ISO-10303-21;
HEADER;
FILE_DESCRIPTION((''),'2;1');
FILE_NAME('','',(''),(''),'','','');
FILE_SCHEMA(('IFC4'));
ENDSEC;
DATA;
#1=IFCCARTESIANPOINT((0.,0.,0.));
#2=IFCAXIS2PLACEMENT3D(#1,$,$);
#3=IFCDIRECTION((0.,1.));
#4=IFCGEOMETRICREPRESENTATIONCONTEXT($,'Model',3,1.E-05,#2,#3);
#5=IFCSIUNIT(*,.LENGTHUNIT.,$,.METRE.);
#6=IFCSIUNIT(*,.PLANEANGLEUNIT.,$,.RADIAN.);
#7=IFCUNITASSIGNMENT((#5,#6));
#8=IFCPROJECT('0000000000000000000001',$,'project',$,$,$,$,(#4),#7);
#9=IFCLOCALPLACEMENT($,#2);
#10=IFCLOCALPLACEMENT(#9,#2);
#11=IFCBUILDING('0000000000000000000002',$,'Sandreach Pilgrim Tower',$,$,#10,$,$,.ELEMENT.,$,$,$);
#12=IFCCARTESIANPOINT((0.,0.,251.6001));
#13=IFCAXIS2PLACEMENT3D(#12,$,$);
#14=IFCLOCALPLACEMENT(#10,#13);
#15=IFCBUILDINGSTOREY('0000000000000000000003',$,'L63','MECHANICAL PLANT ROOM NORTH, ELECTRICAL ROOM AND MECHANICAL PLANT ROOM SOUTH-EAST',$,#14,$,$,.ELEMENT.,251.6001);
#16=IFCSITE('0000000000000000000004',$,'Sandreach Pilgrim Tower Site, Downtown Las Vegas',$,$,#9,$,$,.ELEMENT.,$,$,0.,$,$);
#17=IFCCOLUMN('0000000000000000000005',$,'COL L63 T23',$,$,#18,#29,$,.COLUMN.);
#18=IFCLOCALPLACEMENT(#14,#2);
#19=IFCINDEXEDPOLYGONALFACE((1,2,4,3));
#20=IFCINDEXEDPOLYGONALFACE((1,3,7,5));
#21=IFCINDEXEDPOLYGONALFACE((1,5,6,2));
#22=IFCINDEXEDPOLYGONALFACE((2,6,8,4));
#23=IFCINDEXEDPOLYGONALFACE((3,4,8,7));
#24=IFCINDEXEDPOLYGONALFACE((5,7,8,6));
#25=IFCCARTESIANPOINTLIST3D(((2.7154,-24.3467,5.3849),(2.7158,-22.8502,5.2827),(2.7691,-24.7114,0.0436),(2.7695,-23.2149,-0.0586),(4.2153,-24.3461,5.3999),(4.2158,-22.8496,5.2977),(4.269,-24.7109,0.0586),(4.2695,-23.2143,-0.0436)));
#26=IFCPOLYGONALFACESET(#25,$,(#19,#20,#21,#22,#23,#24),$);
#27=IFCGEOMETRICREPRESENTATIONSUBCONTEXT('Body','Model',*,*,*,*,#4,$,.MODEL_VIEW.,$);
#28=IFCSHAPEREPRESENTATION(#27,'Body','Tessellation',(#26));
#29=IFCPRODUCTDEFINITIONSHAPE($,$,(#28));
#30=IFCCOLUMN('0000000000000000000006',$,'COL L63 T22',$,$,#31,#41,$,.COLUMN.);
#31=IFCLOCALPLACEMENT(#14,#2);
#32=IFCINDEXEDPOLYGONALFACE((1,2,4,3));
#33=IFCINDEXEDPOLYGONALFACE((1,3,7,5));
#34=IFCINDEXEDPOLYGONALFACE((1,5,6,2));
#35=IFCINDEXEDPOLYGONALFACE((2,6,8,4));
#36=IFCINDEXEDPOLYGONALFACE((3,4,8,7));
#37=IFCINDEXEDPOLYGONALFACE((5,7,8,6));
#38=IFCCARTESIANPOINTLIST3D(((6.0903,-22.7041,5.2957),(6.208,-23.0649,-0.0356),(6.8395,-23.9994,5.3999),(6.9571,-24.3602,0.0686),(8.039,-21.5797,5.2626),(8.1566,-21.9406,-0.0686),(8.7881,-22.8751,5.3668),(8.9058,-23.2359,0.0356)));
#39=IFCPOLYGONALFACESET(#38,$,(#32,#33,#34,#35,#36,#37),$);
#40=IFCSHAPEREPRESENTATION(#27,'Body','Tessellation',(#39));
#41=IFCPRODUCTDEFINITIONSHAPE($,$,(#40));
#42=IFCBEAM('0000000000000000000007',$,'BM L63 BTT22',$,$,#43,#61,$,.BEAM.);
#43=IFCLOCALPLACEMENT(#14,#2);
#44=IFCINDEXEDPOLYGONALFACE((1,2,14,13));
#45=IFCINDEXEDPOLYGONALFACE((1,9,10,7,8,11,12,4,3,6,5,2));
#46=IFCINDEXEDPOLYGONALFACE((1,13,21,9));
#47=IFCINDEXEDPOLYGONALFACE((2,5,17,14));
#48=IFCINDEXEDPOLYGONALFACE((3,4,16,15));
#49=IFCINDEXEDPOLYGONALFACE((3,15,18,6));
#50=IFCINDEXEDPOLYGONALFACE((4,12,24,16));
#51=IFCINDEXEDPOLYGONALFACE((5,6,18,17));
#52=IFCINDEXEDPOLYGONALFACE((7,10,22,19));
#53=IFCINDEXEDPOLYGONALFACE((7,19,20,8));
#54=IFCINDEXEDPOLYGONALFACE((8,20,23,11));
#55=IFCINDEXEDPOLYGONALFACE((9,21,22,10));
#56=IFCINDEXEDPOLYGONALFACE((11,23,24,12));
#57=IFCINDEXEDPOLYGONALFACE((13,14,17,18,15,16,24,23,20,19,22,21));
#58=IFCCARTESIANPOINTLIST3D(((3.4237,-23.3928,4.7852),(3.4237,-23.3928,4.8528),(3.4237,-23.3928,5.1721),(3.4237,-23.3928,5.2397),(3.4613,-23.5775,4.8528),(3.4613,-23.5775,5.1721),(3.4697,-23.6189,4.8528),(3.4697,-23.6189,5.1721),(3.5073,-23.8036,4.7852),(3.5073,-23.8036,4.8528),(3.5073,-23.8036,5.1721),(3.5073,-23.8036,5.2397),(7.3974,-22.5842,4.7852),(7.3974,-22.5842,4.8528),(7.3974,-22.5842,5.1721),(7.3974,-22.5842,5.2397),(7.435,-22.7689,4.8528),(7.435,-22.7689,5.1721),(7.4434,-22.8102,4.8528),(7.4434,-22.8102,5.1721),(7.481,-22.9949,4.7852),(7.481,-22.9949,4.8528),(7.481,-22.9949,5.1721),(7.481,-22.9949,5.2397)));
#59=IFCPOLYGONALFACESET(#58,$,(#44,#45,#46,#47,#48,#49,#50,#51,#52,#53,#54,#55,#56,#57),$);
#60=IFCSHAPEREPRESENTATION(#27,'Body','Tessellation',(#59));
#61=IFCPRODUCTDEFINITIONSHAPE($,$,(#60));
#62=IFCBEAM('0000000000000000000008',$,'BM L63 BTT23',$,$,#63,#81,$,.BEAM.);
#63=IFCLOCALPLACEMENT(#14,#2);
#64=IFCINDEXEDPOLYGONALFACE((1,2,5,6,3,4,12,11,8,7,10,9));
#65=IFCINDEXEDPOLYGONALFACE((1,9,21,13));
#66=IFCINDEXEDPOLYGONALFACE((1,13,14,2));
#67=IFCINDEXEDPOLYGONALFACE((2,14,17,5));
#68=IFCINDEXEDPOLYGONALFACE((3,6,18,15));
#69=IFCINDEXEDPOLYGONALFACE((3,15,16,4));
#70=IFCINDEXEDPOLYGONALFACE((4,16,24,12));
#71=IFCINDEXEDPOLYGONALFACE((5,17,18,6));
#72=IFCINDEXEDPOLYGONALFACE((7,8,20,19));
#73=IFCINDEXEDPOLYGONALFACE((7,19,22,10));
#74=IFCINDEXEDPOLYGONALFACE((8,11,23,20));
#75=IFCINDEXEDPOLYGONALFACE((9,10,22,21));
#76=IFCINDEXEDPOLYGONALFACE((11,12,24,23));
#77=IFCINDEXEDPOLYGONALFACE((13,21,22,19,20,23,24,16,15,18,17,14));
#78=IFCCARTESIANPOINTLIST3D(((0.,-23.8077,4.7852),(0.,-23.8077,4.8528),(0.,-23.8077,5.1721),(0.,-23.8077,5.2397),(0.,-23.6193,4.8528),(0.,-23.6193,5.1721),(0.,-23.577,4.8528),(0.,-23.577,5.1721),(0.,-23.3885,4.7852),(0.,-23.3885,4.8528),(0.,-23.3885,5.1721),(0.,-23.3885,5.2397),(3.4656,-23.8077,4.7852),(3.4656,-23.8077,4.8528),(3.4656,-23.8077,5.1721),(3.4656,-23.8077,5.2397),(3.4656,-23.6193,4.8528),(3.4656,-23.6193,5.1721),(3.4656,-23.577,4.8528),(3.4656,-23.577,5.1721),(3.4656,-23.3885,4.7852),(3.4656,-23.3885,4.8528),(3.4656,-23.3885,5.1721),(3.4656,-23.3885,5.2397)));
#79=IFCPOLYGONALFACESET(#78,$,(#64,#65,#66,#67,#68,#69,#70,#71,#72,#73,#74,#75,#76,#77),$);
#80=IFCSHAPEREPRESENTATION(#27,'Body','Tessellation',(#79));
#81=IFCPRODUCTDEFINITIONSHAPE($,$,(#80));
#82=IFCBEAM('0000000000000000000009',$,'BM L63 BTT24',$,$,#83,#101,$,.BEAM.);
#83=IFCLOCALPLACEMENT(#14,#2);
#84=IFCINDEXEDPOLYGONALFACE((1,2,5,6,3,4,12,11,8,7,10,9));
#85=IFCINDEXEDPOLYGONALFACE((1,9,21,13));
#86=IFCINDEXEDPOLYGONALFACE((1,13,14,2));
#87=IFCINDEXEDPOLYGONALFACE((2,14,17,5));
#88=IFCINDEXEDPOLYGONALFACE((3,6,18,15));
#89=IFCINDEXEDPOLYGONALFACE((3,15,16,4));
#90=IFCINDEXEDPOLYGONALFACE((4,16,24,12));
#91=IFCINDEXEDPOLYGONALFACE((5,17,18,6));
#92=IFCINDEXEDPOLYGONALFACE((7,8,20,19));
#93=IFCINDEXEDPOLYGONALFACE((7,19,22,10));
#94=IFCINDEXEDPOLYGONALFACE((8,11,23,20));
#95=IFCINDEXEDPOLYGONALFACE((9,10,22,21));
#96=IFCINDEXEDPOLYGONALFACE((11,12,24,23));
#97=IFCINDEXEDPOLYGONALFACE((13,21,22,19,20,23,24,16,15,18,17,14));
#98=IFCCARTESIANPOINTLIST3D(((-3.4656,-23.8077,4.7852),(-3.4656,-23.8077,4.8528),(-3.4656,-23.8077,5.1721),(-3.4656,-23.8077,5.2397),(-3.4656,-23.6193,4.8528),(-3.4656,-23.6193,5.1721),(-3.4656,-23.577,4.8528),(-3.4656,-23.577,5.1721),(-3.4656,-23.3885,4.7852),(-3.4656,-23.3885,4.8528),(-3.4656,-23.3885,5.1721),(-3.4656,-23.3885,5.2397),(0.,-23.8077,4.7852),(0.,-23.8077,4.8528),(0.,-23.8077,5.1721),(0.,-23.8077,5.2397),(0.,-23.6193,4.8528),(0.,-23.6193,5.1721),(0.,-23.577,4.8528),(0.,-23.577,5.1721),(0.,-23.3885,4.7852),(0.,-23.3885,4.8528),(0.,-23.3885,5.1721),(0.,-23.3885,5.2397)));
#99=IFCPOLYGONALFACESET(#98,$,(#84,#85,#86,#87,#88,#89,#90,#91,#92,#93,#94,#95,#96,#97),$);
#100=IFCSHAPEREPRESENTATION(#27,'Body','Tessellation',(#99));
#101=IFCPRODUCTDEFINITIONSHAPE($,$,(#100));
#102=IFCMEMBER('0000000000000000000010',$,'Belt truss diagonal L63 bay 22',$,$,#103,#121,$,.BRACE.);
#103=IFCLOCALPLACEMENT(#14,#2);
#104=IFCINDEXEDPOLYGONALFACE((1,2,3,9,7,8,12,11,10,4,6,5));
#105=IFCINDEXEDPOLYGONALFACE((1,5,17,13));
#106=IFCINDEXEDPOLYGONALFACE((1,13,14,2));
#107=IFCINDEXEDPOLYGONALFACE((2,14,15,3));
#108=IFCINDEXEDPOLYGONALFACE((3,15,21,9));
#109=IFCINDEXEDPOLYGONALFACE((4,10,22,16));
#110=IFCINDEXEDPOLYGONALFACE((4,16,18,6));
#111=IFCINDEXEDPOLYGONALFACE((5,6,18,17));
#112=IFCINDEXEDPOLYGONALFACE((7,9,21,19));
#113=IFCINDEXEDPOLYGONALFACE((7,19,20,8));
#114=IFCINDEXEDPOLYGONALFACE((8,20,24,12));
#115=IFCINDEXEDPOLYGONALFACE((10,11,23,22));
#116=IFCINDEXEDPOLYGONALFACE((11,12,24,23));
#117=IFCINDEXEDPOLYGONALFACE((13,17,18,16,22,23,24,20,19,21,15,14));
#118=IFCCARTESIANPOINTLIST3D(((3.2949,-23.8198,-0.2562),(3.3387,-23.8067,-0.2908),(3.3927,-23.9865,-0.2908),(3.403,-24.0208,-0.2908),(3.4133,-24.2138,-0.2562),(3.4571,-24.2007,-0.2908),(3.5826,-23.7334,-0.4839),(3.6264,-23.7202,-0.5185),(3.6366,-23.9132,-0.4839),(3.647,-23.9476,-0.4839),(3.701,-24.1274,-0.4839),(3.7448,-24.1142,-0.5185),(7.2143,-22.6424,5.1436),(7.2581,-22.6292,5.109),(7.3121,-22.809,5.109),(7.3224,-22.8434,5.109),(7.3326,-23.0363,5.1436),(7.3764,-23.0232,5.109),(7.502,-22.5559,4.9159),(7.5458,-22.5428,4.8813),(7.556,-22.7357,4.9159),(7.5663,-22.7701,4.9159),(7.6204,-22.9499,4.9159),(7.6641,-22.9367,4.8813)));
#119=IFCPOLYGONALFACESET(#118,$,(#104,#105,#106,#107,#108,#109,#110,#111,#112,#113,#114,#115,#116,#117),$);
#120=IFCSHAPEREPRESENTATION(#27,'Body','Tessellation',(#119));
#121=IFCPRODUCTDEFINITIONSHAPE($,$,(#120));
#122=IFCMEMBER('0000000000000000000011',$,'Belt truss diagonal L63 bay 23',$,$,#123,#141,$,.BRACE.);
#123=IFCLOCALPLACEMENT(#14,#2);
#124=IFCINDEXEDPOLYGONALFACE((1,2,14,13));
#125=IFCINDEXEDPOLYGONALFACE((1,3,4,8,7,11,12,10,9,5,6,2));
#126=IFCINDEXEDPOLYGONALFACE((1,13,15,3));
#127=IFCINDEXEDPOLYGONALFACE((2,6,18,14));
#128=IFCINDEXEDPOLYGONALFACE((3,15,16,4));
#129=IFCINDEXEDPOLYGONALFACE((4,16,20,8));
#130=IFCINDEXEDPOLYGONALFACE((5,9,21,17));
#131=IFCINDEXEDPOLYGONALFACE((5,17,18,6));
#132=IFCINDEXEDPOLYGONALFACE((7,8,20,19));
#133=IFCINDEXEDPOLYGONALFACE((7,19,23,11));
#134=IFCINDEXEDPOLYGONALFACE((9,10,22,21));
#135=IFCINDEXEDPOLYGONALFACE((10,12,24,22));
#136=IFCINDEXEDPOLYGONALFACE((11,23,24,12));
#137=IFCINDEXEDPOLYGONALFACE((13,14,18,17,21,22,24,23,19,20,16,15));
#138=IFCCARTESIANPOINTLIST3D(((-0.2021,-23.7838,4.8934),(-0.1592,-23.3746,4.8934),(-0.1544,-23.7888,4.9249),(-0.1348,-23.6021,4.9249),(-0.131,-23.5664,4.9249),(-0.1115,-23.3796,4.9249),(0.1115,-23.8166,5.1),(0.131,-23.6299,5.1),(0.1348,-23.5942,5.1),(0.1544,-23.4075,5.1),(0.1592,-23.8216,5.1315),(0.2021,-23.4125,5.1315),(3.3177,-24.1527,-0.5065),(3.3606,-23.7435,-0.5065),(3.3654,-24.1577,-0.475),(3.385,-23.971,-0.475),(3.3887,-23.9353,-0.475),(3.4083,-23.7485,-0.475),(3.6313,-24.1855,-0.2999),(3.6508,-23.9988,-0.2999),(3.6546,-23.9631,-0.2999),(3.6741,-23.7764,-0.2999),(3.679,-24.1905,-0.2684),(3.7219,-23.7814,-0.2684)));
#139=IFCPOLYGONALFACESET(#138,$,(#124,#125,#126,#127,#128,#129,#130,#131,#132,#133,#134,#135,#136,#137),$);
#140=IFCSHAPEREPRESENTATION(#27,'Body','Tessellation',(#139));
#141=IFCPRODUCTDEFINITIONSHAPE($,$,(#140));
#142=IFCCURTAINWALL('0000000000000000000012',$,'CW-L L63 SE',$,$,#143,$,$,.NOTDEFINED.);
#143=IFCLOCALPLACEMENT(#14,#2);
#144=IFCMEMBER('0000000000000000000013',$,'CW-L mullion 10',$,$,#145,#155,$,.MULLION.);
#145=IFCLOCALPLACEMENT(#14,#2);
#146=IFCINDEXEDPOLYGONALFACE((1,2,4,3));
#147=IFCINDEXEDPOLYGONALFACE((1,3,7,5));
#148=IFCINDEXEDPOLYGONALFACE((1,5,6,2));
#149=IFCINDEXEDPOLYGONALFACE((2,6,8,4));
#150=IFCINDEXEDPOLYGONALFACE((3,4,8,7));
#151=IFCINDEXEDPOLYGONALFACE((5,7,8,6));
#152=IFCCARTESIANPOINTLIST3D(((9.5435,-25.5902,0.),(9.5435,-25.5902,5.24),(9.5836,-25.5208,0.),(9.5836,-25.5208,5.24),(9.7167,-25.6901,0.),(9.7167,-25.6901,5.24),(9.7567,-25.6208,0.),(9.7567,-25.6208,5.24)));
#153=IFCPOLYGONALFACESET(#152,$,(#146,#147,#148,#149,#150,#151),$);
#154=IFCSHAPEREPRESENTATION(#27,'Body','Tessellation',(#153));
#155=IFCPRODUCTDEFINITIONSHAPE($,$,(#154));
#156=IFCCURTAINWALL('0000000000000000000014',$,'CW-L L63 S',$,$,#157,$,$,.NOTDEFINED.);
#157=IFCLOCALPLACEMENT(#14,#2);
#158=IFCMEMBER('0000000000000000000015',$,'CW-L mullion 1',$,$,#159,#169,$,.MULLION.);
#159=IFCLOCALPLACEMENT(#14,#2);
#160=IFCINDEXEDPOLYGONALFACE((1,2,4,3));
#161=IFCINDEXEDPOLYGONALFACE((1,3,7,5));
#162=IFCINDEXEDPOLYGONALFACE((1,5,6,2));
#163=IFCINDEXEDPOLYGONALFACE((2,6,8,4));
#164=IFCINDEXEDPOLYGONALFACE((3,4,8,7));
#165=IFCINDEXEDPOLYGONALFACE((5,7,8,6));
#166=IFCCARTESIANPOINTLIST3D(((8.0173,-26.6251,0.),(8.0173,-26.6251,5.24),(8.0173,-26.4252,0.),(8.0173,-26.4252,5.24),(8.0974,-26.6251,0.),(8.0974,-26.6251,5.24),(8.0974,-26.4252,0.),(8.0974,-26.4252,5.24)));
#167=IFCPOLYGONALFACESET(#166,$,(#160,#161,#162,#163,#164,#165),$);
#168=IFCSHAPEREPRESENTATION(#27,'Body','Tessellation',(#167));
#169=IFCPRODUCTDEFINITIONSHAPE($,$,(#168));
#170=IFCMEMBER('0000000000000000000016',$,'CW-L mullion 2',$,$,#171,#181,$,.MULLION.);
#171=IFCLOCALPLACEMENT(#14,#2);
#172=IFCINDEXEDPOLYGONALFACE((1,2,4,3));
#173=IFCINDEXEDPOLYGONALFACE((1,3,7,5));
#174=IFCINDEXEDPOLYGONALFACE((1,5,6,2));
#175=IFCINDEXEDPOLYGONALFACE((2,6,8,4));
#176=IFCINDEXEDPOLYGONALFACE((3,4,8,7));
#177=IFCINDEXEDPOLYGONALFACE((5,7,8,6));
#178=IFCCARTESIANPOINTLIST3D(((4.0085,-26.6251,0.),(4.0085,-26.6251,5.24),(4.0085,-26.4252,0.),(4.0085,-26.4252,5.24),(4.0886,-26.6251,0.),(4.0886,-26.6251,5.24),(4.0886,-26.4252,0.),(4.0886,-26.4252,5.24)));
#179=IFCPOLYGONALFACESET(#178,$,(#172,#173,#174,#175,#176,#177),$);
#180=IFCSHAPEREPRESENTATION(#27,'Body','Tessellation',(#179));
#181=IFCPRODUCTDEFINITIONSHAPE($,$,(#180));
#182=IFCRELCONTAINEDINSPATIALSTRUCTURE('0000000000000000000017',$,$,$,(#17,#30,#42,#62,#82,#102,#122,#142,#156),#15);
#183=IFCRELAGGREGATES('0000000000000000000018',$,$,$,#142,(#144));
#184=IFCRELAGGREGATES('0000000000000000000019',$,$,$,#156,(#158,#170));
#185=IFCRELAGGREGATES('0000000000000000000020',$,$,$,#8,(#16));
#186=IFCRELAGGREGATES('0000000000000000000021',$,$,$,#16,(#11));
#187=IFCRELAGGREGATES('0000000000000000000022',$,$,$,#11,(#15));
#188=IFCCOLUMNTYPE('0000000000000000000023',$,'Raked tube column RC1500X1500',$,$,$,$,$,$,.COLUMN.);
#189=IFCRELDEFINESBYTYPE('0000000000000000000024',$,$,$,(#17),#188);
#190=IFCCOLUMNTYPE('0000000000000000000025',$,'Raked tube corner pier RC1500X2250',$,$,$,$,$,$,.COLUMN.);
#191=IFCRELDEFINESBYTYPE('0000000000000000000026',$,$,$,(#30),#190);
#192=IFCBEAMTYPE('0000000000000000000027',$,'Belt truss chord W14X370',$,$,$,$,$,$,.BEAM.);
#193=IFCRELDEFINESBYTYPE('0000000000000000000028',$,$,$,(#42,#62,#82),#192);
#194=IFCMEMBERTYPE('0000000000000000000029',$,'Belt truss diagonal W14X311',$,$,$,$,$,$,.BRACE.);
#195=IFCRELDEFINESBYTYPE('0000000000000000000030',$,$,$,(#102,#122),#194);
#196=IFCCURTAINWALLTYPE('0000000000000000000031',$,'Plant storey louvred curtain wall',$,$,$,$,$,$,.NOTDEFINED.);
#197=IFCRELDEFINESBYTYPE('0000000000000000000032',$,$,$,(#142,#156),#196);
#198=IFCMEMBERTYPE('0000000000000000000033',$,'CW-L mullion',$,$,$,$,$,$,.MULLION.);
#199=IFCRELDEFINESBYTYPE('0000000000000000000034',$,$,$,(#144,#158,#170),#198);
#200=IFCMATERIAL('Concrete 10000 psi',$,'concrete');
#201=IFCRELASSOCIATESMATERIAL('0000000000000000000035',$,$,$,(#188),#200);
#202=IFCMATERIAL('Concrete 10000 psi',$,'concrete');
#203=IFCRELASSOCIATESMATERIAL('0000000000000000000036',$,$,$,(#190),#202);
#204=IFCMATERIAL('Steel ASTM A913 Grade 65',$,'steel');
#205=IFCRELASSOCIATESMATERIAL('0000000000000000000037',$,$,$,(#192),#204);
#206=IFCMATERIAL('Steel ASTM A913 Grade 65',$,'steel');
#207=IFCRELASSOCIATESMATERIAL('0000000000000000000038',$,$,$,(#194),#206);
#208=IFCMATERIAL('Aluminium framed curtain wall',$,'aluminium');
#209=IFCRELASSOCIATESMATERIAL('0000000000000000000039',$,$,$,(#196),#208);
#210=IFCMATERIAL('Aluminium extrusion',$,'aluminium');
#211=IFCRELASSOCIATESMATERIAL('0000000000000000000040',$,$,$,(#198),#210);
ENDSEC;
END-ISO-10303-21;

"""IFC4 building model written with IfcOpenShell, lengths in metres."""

from ifc_helpers import new_model, si_unit, direction, frame, origin, origin_2d, place, context, subcontext, project, spatial, rectangle, i_section, extrude, material, material_profile, profile_set, type_object, element, aggregate, save


model = new_model("IFC4")

# Units and contexts
model_context = context("Model", 3, precision=1e-05, world=origin(), true_north=direction((0.0, 1.0)))
body_context = subcontext(model_context, "Body", "Model", "MODEL_VIEW")
ifc_project = project(units=[si_unit("LENGTHUNIT", "METRE"), si_unit("PLANEANGLEUNIT", "RADIAN")], contexts=[model_context])

# Site, building, storey
site_placement = place(None, origin())
site = spatial("IfcSite", under=ifc_project, at=site_placement, Name="Sandreach Pilgrim Tower Site, Downtown Las Vegas", CompositionType="ELEMENT", RefElevation=0.0)
building_placement = place(site_placement, origin())
building = spatial("IfcBuilding", under=site, at=building_placement, Name="Sandreach Pilgrim Tower", CompositionType="ELEMENT")
storey_placement = place(building_placement, frame((0.0, 0.0, 251.6001)))
storey = spatial("IfcBuildingStorey", under=building, at=storey_placement, Name="L63", Description="MECHANICAL PLANT ROOM NORTH, ELECTRICAL ROOM AND MECHANICAL PLANT ROOM SOUTH-EAST", CompositionType="ELEMENT", Elevation=251.6001)

# Columns
ifc_material_1 = material(Name="Concrete 10000 psi", Category="concrete")
ifc_material_profile_1 = material_profile(ifc_material_1, rectangle(XDim=1.5, YDim=1.5, at=origin_2d()), Name="RC1500X1500")
ifc_profile_set_1 = profile_set([ifc_material_profile_1], Name="Concrete 10000 psi")
column_type_1 = type_object("IfcColumnType", Name="Raked tube column RC1500X1500", PredefinedType="COLUMN", material=ifc_profile_set_1)
column_1_placement = place(storey_placement, frame((3.5193, -23.9629, 0.0), z_axis=(-0.010032, 0.068126, 0.997626), x_axis=(-0.000296, -0.997677, 0.068126)))
element("IfcColumn", 1, at=column_1_placement, inside=storey, type_object=column_type_1, Name="COL L63 T23", PredefinedType="COLUMN", context=body_context, shape_type="SweptSolid", body=[
    extrude(rectangle(XDim=1.5, YDim=1.5, at=origin_2d()), origin(), (0.0, 0.0, 1.0), 5.354),
])
ifc_material_2 = material(Name="Concrete 10000 psi", Category="concrete")
ifc_material_profile_2 = material_profile(ifc_material_2, rectangle(XDim=1.5, YDim=2.25, at=origin_2d()), Name="RC1500X2250")
ifc_profile_set_2 = profile_set([ifc_material_profile_2], Name="Concrete 10000 psi")
column_type_2 = type_object("IfcColumnType", Name="Raked tube corner pier RC1500X2250", PredefinedType="COLUMN", material=ifc_profile_set_2)
column_2_placement = place(storey_placement, frame((7.5569, -23.1504, 0.0), z_axis=(-0.022017, 0.067512, 0.997475), x_axis=(0.499435, -0.863562, 0.069473)))
element("IfcColumn", 2, at=column_2_placement, inside=storey, type_object=column_type_2, Name="COL L63 T22", PredefinedType="COLUMN", context=body_context, shape_type="SweptSolid", body=[
    extrude(rectangle(XDim=1.5, YDim=2.25, at=origin_2d()), origin(), (0.0, 0.0, 1.0), 5.3447),
])

# Beams
ifc_material_3 = material(Name="Steel ASTM A913 Grade 65", Category="steel")
ifc_material_profile_3 = material_profile(ifc_material_3, i_section(OverallWidth=0.4192, OverallDepth=0.4546, WebThickness=0.0422, FlangeThickness=0.0676, at=origin_2d()), Name="W14X370")
ifc_profile_set_3 = profile_set([ifc_material_profile_3], Name="Steel ASTM A913 Grade 65")
beam_type_1 = type_object("IfcBeamType", Name="Belt truss chord W14X370", PredefinedType="BEAM", material=ifc_profile_set_3)
beam_1_placement = place(storey_placement, frame((7.4392, -22.7896, 5.0125), z_axis=(-0.979918, -0.199403, 0.0), x_axis=(0.199403, -0.979918, 0.0)))
element("IfcBeam", 3, at=beam_1_placement, inside=storey, type_object=beam_type_1, Name="BM L63 BTT22", PredefinedType="BEAM", context=body_context, shape_type="SweptSolid", body=[
    extrude(i_section(OverallWidth=0.4192, OverallDepth=0.4546, WebThickness=0.0422, FlangeThickness=0.0676, at=origin_2d()), origin(), (0.0, 0.0, 1.0), 4.0552),
])
for number, where, z_axis, x_axis, name in (
    (4, (3.4656, -23.5981, 5.0125), (-1.0, 0.0, 0.0), (0.0, -1.0, 0.0), "BM L63 BTT23"),
    (5, (0.0, -23.5981, 5.0125), (-1.0, 0.0, 0.0), (0.0, -1.0, 0.0), "BM L63 BTT24"),
):
    element("IfcBeam", number, at=place(storey_placement, frame(where, z_axis=z_axis, x_axis=x_axis)), inside=storey, type_object=beam_type_1, Name=name, PredefinedType="BEAM", context=body_context, shape_type="SweptSolid", body=[
        extrude(i_section(OverallWidth=0.4192, OverallDepth=0.4546, WebThickness=0.0422, FlangeThickness=0.0676, at=origin_2d()), origin(), (0.0, 0.0, 1.0), 3.4656),
    ])

# Members
ifc_material_4 = material(Name="Steel ASTM A913 Grade 65", Category="steel")
ifc_material_profile_4 = material_profile(ifc_material_4, i_section(OverallWidth=0.4114, OverallDepth=0.4343, WebThickness=0.0359, FlangeThickness=0.0574, at=origin_2d()), Name="W14X311")
ifc_profile_set_4 = profile_set([ifc_material_profile_4], Name="Steel ASTM A913 Grade 65")
member_type_1 = type_object("IfcMemberType", Name="Belt truss diagonal W14X311", PredefinedType="BRACE", material=ifc_profile_set_4)
member_1_placement = place(storey_placement, frame((7.4392, -22.7896, 5.0125), z_axis=(-0.578472, -0.173786, -0.796975), x_axis=(0.28772, -0.957715, 0.0)))
element("IfcMember", 6, at=member_1_placement, inside=storey, type_object=member_type_1, Name="Belt truss diagonal L63 bay 22", PredefinedType="BRACE", context=body_context, shape_type="SweptSolid", body=[
    extrude(i_section(OverallWidth=0.4114, OverallDepth=0.4343, WebThickness=0.0359, FlangeThickness=0.0574, at=origin_2d()), origin(), (0.0, 0.0, 1.0), 6.7754),
])
member_2_placement = place(storey_placement, frame((3.5198, -23.967, -0.3875), z_axis=(-0.545169, 0.057137, 0.836377), x_axis=(-0.104236, -0.994553, 0.0)))
element("IfcMember", 7, at=member_2_placement, inside=storey, type_object=member_type_1, Name="Belt truss diagonal L63 bay 23", PredefinedType="BRACE", context=body_context, shape_type="SweptSolid", body=[
    extrude(i_section(OverallWidth=0.4114, OverallDepth=0.4343, WebThickness=0.0359, FlangeThickness=0.0574, at=origin_2d()), origin(), (0.0, 0.0, 1.0), 6.4563),
])

# Curtain wall, member
ifc_material_5 = material(Name="Aluminium framed curtain wall", Category="aluminium")
curtain_wall_type = type_object("IfcCurtainWallType", Name="Plant storey louvred curtain wall", PredefinedType="NOTDEFINED", material=ifc_material_5)
curtain_wall_1_placement = place(storey_placement, origin())
curtain_wall_1 = element("IfcCurtainWall", 8, at=curtain_wall_1_placement, inside=storey, type_object=curtain_wall_type, Name="CW-L L63 SE", PredefinedType="NOTDEFINED")
ifc_material_6 = material(Name="Aluminium extrusion", Category="aluminium")
ifc_material_profile_5 = material_profile(ifc_material_6, rectangle(XDim=0.0801, YDim=0.2, at=origin_2d()), Name="CW-LM 80X200")
ifc_profile_set_5 = profile_set([ifc_material_profile_5], Name="Aluminium extrusion")
member_type_2 = type_object("IfcMemberType", Name="CW-L mullion", PredefinedType="MULLION", material=ifc_profile_set_5)
member_3_placement = place(storey_placement, frame((9.6501, -25.6055, 0.0), z_axis=(0.0, 0.0, 1.0), x_axis=(-0.5, -0.866025, 0.0)))
member_3 = element("IfcMember", 9, at=member_3_placement, type_object=member_type_2, Name="CW-L mullion 10", PredefinedType="MULLION", context=body_context, shape_type="SweptSolid", body=[
    extrude(rectangle(XDim=0.0801, YDim=0.2, at=origin_2d()), origin(), (0.0, 0.0, 1.0), 5.24),
])
aggregate(curtain_wall_1, [member_3])

# Curtain wall, members
curtain_wall_2_placement = place(storey_placement, origin())
curtain_wall_2 = element("IfcCurtainWall", 10, at=curtain_wall_2_placement, inside=storey, type_object=curtain_wall_type, Name="CW-L L63 S", PredefinedType="NOTDEFINED")
member_4_placement = place(storey_placement, frame((8.0574, -26.5251, 0.0), z_axis=(0.0, 0.0, 1.0), x_axis=(-1.0, 0.0, 0.0)))
member_4 = element("IfcMember", 11, at=member_4_placement, type_object=member_type_2, Name="CW-L mullion 1", PredefinedType="MULLION", context=body_context, shape_type="SweptSolid", body=[
    extrude(rectangle(XDim=0.0801, YDim=0.2, at=origin_2d()), origin(), (0.0, 0.0, 1.0), 5.24),
])
member_5_placement = place(storey_placement, frame((4.0486, -26.5251, 0.0), z_axis=(0.0, 0.0, 1.0), x_axis=(-1.0, 0.0, 0.0)))
member_5 = element("IfcMember", 12, at=member_5_placement, type_object=member_type_2, Name="CW-L mullion 2", PredefinedType="MULLION", context=body_context, shape_type="SweptSolid", body=[
    extrude(rectangle(XDim=0.0801, YDim=0.2, at=origin_2d()), origin(), (0.0, 0.0, 1.0), 5.24),
])

aggregate(curtain_wall_2, [member_4, member_5])

save(model, "model.ifc")
